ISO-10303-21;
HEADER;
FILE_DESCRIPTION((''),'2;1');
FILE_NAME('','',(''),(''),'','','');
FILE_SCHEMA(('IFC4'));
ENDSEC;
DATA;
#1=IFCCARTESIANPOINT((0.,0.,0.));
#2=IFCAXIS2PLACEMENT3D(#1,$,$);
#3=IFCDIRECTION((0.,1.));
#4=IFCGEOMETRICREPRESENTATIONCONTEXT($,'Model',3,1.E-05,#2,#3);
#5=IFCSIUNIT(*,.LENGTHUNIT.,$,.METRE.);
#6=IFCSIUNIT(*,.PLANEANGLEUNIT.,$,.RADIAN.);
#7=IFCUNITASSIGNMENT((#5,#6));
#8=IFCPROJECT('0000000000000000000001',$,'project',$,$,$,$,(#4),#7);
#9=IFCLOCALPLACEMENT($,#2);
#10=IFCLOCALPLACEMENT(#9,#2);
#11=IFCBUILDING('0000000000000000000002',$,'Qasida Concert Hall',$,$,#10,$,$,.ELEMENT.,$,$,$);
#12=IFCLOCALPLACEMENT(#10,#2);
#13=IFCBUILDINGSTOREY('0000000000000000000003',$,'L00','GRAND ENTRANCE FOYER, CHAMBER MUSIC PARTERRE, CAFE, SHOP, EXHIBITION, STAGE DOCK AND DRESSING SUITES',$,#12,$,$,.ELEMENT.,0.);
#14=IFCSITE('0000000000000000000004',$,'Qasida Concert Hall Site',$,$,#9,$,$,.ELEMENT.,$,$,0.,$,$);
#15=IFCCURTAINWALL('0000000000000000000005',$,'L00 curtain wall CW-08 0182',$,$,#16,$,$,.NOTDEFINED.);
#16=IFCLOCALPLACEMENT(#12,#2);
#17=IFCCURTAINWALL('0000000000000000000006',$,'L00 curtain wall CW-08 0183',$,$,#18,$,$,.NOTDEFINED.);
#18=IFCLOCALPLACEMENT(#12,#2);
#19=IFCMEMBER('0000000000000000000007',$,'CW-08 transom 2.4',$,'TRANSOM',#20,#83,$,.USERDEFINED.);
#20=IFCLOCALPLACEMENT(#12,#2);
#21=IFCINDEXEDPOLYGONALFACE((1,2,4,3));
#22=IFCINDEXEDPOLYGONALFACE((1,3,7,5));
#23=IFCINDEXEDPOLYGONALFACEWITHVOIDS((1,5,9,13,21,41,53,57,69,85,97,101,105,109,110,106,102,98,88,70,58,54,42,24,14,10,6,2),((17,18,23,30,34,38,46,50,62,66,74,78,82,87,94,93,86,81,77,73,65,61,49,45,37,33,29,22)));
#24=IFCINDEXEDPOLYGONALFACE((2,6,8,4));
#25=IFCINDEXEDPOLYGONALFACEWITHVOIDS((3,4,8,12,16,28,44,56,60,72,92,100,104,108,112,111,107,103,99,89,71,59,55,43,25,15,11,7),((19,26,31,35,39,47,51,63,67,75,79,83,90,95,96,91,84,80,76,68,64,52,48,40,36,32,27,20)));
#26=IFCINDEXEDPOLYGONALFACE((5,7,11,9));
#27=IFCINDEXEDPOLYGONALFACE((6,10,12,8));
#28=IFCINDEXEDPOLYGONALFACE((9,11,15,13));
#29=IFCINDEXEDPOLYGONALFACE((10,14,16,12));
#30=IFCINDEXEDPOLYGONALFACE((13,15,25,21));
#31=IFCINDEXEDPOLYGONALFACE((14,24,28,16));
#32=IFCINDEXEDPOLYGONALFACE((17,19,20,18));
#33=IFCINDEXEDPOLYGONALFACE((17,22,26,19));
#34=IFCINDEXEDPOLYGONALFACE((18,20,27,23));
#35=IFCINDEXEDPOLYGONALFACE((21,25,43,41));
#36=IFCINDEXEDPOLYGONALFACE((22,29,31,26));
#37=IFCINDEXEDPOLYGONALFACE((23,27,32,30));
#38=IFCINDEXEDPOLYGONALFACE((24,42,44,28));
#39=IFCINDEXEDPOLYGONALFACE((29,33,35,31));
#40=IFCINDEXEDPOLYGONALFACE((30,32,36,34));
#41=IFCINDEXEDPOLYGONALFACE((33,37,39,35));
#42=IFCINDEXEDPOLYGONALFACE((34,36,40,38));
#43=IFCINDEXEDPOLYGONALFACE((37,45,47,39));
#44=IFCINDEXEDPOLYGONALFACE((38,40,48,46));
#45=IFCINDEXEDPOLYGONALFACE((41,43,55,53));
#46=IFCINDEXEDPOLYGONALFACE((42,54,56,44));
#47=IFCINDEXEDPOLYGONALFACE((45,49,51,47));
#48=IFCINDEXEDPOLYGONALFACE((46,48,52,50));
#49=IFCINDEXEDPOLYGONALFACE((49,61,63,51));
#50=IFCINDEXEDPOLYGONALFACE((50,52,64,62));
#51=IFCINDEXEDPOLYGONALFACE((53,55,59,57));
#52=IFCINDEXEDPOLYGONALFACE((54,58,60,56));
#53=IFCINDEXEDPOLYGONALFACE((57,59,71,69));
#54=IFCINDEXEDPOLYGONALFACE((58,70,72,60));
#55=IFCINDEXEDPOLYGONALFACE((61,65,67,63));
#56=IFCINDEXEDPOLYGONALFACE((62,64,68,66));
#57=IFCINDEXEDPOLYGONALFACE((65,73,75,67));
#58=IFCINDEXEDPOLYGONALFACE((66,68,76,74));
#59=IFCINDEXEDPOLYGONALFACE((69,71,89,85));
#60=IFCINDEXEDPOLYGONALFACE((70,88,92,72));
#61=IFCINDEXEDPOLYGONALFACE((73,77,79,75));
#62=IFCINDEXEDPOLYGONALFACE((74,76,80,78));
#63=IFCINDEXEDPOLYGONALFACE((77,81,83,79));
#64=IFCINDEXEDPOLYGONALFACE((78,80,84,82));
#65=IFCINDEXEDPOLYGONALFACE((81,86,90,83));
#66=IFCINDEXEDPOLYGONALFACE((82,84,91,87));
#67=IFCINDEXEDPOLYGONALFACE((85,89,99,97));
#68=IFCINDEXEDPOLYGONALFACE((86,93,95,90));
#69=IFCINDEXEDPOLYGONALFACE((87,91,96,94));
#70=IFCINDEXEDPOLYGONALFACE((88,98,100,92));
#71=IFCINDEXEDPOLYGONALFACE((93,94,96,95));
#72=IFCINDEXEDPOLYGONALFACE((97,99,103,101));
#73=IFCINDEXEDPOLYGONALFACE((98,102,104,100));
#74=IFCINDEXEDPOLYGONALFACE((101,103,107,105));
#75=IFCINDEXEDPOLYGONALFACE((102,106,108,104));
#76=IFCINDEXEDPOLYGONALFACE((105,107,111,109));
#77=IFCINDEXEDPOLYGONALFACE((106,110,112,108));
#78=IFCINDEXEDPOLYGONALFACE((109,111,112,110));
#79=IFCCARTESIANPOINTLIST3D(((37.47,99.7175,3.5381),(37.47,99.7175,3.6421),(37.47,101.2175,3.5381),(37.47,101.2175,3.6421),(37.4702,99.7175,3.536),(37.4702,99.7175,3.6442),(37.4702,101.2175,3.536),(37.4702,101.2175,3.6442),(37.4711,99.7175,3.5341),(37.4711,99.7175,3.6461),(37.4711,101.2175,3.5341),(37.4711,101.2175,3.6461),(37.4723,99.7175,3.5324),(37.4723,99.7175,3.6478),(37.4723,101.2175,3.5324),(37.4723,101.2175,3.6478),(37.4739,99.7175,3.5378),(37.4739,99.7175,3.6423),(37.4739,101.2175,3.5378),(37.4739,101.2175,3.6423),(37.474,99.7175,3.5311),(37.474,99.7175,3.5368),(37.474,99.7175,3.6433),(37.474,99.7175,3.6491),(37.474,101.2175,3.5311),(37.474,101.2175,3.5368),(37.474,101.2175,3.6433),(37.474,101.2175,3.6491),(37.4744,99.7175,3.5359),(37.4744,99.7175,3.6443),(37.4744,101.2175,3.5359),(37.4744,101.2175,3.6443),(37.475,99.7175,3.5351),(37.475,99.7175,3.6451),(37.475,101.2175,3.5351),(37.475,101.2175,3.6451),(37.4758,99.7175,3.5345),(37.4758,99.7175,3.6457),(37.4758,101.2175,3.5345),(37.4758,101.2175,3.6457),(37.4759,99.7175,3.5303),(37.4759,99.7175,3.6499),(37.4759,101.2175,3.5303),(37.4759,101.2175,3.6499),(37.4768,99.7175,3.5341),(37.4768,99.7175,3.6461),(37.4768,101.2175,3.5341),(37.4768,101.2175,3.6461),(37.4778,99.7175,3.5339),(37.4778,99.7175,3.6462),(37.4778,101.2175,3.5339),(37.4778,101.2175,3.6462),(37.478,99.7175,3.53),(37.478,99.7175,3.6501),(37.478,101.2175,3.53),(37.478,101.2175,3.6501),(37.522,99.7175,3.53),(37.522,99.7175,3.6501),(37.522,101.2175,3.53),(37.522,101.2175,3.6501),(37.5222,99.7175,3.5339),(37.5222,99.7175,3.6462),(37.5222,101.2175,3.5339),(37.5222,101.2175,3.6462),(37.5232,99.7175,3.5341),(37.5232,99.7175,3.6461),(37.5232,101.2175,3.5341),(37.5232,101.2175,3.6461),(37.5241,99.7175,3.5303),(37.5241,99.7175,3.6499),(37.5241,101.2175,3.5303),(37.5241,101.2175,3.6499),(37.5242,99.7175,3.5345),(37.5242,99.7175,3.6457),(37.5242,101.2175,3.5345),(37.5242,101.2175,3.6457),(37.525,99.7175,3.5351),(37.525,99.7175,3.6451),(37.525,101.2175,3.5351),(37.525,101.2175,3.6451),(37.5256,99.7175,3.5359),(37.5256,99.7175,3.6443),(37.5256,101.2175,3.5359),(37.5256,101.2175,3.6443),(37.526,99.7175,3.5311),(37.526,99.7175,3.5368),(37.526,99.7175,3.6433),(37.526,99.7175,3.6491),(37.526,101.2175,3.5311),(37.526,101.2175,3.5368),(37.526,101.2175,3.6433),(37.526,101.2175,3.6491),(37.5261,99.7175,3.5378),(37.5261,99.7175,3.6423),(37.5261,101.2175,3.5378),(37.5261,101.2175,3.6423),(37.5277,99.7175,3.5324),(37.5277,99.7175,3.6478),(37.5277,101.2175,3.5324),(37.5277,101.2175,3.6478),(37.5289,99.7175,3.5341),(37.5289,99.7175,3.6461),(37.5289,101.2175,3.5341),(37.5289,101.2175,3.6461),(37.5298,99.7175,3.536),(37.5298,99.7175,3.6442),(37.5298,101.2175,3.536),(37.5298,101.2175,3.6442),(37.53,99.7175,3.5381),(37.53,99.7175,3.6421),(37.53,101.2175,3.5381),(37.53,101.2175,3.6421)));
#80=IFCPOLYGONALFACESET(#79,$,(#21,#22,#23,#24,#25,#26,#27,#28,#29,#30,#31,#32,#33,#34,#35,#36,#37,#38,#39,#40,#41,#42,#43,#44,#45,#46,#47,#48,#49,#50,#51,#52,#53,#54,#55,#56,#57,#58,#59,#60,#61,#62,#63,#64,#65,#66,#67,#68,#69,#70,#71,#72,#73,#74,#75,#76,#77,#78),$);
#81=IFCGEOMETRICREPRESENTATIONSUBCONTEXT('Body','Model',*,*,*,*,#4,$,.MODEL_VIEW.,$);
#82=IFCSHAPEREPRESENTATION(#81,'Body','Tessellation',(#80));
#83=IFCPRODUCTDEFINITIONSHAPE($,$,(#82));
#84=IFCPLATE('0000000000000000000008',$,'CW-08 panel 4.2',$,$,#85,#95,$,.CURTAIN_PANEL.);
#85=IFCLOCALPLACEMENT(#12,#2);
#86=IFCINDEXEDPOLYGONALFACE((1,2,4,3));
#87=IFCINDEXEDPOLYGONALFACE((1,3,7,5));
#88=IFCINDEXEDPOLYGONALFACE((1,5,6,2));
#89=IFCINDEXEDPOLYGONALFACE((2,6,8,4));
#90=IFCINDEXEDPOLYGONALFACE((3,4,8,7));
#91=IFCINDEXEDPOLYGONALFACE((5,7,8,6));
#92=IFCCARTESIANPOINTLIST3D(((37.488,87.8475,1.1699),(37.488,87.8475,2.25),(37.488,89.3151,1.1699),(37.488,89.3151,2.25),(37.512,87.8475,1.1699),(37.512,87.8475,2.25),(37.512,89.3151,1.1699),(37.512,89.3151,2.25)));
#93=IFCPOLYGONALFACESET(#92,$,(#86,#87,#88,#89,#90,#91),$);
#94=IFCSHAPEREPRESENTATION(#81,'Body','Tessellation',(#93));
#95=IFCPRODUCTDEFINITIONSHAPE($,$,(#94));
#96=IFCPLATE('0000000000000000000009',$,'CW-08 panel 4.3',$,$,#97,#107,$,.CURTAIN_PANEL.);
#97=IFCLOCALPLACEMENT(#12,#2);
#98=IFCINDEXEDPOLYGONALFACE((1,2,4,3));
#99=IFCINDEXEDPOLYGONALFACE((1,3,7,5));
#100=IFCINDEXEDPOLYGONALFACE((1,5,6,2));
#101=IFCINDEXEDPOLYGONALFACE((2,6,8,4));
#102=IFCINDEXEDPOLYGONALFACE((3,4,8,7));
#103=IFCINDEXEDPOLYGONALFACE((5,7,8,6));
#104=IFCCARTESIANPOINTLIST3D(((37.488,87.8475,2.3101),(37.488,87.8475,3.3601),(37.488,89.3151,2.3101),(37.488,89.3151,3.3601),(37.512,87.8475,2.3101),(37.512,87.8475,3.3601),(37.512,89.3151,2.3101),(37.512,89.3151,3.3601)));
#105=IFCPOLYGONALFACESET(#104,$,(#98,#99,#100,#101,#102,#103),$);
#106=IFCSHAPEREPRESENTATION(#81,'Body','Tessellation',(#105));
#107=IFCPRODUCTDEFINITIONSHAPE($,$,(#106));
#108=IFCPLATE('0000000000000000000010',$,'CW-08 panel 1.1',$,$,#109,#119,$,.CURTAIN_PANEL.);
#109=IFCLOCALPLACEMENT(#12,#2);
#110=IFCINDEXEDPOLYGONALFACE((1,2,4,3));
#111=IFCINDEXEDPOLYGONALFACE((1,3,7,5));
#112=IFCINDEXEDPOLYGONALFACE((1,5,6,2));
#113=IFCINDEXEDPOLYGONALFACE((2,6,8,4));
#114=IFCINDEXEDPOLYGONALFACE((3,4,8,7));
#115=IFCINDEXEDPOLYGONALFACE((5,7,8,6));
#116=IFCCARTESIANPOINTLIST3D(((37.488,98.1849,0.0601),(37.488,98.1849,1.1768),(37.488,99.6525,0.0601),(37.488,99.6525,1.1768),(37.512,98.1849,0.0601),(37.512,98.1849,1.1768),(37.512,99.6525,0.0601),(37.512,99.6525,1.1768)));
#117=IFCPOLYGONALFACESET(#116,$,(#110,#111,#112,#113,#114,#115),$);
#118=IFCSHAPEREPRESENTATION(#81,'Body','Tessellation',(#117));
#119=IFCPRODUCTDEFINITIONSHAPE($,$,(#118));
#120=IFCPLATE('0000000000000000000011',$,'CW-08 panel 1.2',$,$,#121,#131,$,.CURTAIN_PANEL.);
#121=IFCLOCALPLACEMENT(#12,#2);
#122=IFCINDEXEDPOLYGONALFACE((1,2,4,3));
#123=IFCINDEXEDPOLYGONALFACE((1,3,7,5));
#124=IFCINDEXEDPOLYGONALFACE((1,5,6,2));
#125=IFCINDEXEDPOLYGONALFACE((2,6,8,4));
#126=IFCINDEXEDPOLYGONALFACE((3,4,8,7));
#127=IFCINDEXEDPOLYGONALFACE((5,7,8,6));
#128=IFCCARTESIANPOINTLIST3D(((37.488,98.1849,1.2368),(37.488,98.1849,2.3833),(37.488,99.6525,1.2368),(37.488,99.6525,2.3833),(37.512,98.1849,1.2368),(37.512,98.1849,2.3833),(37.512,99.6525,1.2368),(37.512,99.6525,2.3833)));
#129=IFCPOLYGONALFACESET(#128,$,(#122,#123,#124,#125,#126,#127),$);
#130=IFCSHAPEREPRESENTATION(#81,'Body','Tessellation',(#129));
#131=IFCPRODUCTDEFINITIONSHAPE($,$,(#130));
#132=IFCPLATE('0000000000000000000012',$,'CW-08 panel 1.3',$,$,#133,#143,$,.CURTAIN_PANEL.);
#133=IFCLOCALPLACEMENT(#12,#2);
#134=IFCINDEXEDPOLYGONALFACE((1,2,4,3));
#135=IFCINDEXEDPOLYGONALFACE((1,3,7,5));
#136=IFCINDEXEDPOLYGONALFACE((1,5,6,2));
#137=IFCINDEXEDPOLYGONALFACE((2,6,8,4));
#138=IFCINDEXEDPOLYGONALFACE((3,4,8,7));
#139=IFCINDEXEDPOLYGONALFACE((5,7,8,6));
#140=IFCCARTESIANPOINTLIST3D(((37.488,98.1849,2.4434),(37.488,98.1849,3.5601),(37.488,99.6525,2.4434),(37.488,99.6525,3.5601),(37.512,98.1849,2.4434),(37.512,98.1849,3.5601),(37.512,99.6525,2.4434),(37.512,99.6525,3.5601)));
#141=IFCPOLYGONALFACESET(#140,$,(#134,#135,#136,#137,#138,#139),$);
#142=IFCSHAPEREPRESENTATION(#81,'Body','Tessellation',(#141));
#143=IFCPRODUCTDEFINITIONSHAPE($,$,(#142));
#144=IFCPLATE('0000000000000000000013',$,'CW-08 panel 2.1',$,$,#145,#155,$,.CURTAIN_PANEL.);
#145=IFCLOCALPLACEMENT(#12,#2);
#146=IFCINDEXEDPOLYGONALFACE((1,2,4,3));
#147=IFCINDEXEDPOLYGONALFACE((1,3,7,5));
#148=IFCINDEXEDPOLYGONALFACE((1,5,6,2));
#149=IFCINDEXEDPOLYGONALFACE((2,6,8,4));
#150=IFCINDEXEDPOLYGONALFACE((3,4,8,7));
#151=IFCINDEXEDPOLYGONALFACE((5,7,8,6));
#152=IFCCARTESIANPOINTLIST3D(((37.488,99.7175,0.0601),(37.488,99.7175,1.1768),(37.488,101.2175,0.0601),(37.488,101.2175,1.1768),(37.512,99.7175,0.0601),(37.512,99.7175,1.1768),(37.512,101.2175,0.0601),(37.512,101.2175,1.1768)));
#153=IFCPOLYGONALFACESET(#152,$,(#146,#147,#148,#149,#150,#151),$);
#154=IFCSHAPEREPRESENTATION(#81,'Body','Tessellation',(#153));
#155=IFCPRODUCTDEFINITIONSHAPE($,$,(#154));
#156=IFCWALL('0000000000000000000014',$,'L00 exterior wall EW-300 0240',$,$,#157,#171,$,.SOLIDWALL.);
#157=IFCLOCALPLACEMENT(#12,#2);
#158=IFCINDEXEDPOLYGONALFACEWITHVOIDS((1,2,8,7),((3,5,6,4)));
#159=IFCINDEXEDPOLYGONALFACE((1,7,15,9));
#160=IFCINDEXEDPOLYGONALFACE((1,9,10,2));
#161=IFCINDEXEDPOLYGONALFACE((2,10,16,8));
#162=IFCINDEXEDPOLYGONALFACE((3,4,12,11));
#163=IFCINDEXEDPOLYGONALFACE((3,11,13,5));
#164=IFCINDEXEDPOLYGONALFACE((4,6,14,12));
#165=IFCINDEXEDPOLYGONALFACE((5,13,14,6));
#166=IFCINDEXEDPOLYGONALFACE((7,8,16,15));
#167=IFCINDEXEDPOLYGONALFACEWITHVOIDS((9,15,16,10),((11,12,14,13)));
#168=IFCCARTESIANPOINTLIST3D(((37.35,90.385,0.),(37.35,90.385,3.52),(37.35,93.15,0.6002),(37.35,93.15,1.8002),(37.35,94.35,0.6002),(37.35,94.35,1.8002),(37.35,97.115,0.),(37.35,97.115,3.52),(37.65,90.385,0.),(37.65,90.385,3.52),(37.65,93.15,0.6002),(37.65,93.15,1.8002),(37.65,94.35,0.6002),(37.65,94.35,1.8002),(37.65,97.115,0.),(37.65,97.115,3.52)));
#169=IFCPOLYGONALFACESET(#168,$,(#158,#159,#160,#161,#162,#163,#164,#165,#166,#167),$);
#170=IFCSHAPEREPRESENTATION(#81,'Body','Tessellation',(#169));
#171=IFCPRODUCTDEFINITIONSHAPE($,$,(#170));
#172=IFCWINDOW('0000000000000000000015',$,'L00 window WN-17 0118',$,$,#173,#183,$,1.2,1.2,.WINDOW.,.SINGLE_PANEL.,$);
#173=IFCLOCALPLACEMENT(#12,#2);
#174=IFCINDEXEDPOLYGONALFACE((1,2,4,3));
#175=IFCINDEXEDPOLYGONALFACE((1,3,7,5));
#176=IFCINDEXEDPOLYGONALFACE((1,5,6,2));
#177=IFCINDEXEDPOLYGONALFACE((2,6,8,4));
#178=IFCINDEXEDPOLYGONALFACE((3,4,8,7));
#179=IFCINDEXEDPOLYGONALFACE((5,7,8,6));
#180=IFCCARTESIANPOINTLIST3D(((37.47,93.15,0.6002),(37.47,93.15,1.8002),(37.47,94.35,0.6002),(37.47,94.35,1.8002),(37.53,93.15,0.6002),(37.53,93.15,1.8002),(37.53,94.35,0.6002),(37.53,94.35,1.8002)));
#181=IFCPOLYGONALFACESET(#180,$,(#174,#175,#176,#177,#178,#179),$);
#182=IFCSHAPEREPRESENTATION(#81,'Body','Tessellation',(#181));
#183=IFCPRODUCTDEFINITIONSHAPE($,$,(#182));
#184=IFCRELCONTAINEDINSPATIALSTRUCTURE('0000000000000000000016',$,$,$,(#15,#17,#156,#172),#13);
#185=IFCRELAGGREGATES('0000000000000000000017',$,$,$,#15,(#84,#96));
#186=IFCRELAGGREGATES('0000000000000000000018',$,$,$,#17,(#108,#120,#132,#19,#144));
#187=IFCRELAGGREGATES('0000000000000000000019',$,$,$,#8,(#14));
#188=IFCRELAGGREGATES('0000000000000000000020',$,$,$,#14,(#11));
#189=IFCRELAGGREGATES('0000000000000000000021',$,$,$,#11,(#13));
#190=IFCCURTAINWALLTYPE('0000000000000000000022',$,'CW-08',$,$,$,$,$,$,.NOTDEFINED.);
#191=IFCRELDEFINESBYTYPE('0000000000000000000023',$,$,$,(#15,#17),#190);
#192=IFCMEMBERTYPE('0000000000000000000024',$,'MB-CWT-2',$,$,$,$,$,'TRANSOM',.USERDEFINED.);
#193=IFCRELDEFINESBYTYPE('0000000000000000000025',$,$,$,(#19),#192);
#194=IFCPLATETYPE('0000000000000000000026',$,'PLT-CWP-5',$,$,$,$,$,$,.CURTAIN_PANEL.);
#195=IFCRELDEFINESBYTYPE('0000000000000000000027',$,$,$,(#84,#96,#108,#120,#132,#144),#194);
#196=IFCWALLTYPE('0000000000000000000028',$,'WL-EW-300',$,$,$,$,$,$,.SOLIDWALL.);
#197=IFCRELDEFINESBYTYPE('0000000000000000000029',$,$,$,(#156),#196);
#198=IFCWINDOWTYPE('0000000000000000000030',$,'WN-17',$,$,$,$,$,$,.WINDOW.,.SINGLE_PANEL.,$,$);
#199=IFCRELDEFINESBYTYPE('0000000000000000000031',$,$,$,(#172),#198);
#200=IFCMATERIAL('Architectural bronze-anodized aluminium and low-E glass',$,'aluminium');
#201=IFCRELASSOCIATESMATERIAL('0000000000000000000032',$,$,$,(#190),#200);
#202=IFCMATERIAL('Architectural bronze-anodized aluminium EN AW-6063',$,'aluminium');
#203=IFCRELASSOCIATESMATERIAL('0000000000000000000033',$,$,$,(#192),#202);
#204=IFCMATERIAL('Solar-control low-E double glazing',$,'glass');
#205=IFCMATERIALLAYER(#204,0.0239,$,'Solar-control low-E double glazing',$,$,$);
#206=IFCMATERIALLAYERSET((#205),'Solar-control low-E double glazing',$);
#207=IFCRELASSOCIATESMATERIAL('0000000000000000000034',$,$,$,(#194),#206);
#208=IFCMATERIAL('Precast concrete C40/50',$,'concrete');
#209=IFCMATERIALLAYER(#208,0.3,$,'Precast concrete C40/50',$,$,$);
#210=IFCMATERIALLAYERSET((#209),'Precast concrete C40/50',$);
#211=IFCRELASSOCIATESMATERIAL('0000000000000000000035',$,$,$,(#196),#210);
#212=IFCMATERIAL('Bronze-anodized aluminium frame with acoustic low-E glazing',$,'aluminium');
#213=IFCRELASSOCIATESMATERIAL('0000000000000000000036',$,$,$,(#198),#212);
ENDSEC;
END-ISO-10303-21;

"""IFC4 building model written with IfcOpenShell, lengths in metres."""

from ifc_helpers import new_model, si_unit, direction, frame, frame_2d, origin, origin_2d, place, context, subcontext, project, spatial, rectangle, hollow_rectangle, extrude, material, layer, layer_set, material_profile, profile_set, type_object, element, fill, aggregate, save


model = new_model("IFC4")

# Units and contexts
model_context = context("Model", 3, precision=1e-05, world=origin(), true_north=direction((0.0, 1.0)))
body_context = subcontext(model_context, "Body", "Model", "MODEL_VIEW")
ifc_project = project(units=[si_unit("LENGTHUNIT", "METRE"), si_unit("PLANEANGLEUNIT", "RADIAN")], contexts=[model_context])

# Site, building, storey
site_placement = place(None, origin())
site = spatial("IfcSite", under=ifc_project, at=site_placement, Name="Qasida Concert Hall Site", CompositionType="ELEMENT", RefElevation=0.0)
building_placement = place(site_placement, origin())
building = spatial("IfcBuilding", under=site, at=building_placement, Name="Qasida Concert Hall", CompositionType="ELEMENT")
storey_placement = place(building_placement, origin())
storey = spatial("IfcBuildingStorey", under=building, at=storey_placement, Name="L00", Description="GRAND ENTRANCE FOYER, CHAMBER MUSIC PARTERRE, CAFE, SHOP, EXHIBITION, STAGE DOCK AND DRESSING SUITES", CompositionType="ELEMENT", Elevation=0.0)

# Curtain wall
ifc_material_1 = material(Name="Architectural bronze-anodized aluminium and low-E glass", Category="aluminium")
curtain_wall_type = type_object("IfcCurtainWallType", Name="CW-08", PredefinedType="NOTDEFINED", material=ifc_material_1)
curtain_wall_1_placement = place(storey_placement, origin())
curtain_wall_1 = element("IfcCurtainWall", 1, at=curtain_wall_1_placement, inside=storey, type_object=curtain_wall_type, Name="L00 curtain wall CW-08 0182", PredefinedType="NOTDEFINED")
ifc_material_2 = material(Name="Architectural bronze-anodized aluminium EN AW-6063", Category="aluminium")

# Curtain wall, member
curtain_wall_2_placement = place(storey_placement, origin())
curtain_wall_2 = element("IfcCurtainWall", 2, at=curtain_wall_2_placement, inside=storey, type_object=curtain_wall_type, Name="L00 curtain wall CW-08 0183", PredefinedType="NOTDEFINED")
ifc_material_profile_1 = material_profile(ifc_material_2, hollow_rectangle(XDim=0.0601, YDim=0.1201, WallThickness=0.0039, InnerFilletRadius=0.0039, OuterFilletRadius=0.0081, at=origin_2d()), Name="CWT 120x60x4")
ifc_profile_set_1 = profile_set([ifc_material_profile_1], Name="Architectural bronze-anodized aluminium EN AW-6063")
member_type_1 = type_object("IfcMemberType", Name="MB-CWT-2", ElementType="TRANSOM", PredefinedType="USERDEFINED", material=ifc_profile_set_1)
member_1_placement = place(storey_placement, frame((37.5, 99.7175, 3.5901), z_axis=(0.0, 1.0, 0.0), x_axis=(-1.0, 0.0, 0.0)))
member_1 = element("IfcMember", 3, at=member_1_placement, type_object=member_type_1, Name="CW-08 transom 2.4", ObjectType="TRANSOM", PredefinedType="USERDEFINED", context=body_context, shape_type="SweptSolid", body=[
    extrude(hollow_rectangle(XDim=0.0601, YDim=0.1201, WallThickness=0.0039, InnerFilletRadius=0.0039, OuterFilletRadius=0.0081, at=origin_2d()), origin(), (0.0, 0.0, 1.0), 1.5),
])

# Plates
ifc_material_3 = material(Name="Solar-control low-E double glazing", Category="glass")
ifc_layer_1 = layer(ifc_material_3, 0.0239, Name="Solar-control low-E double glazing")
ifc_layer_set_1 = layer_set([ifc_layer_1], Name="Solar-control low-E double glazing")
plate_type = type_object("IfcPlateType", Name="PLT-CWP-5", PredefinedType="CURTAIN_PANEL", material=ifc_layer_set_1)
plate_1_placement = place(storey_placement, frame((37.5, 88.5813, 1.1699), z_axis=(0.0, 0.0, 1.0), x_axis=(0.0, 1.0, 0.0)))
plate_1 = element("IfcPlate", 4, at=plate_1_placement, type_object=plate_type, Name="CW-08 panel 4.2", PredefinedType="CURTAIN_PANEL", context=body_context, shape_type="SweptSolid", body=[
    extrude(rectangle(XDim=1.4675, YDim=0.0239, at=origin_2d()), origin(), (0.0, 0.0, 1.0), 1.0801),
])
plate_2_placement = place(storey_placement, frame((37.5, 88.5813, 2.3101), z_axis=(0.0, 0.0, 1.0), x_axis=(0.0, 1.0, 0.0)))
plate_2 = element("IfcPlate", 5, at=plate_2_placement, type_object=plate_type, Name="CW-08 panel 4.3", PredefinedType="CURTAIN_PANEL", context=body_context, shape_type="SweptSolid", body=[
    extrude(rectangle(XDim=1.4675, YDim=0.0239, at=origin_2d()), origin(), (0.0, 0.0, 1.0), 1.05),
])
aggregate(curtain_wall_1, [plate_1, plate_2])
plate_3_placement = place(storey_placement, frame((37.5, 98.9187, 0.0601), z_axis=(0.0, 0.0, 1.0), x_axis=(0.0, 1.0, 0.0)))
plate_3 = element("IfcPlate", 6, at=plate_3_placement, type_object=plate_type, Name="CW-08 panel 1.1", PredefinedType="CURTAIN_PANEL", context=body_context, shape_type="SweptSolid", body=[
    extrude(rectangle(XDim=1.4675, YDim=0.0239, at=origin_2d()), origin(), (0.0, 0.0, 1.0), 1.1167),
])
plate_4_placement = place(storey_placement, frame((37.5, 98.9187, 1.2368), z_axis=(0.0, 0.0, 1.0), x_axis=(0.0, 1.0, 0.0)))
plate_4 = element("IfcPlate", 7, at=plate_4_placement, type_object=plate_type, Name="CW-08 panel 1.2", PredefinedType="CURTAIN_PANEL", context=body_context, shape_type="SweptSolid", body=[
    extrude(rectangle(XDim=1.4675, YDim=0.0239, at=origin_2d()), origin(), (0.0, 0.0, 1.0), 1.1465),
])
plate_5_placement = place(storey_placement, frame((37.5, 98.9187, 2.4434), z_axis=(0.0, 0.0, 1.0), x_axis=(0.0, 1.0, 0.0)))
plate_5 = element("IfcPlate", 8, at=plate_5_placement, type_object=plate_type, Name="CW-08 panel 1.3", PredefinedType="CURTAIN_PANEL", context=body_context, shape_type="SweptSolid", body=[
    extrude(rectangle(XDim=1.4675, YDim=0.0239, at=origin_2d()), origin(), (0.0, 0.0, 1.0), 1.1167),
])
plate_6_placement = place(storey_placement, frame((37.5, 100.4675, 0.0601), z_axis=(0.0, 0.0, 1.0), x_axis=(0.0, 1.0, 0.0)))
plate_6 = element("IfcPlate", 9, at=plate_6_placement, type_object=plate_type, Name="CW-08 panel 2.1", PredefinedType="CURTAIN_PANEL", context=body_context, shape_type="SweptSolid", body=[
    extrude(rectangle(XDim=1.5, YDim=0.0239, at=origin_2d()), origin(), (0.0, 0.0, 1.0), 1.1167),
])
aggregate(curtain_wall_2, [plate_3, plate_4, plate_5, member_1, plate_6])

# Wall, opening, window
ifc_material_4 = material(Name="Precast concrete C40/50", Category="concrete")
ifc_layer_2 = layer(ifc_material_4, 0.3, Name="Precast concrete C40/50")
ifc_layer_set_2 = layer_set([ifc_layer_2], Name="Precast concrete C40/50")
wall_type = type_object("IfcWallType", Name="WL-EW-300", PredefinedType="SOLIDWALL", material=ifc_layer_set_2)
wall_placement = place(storey_placement, frame((37.5, 90.385, 0.0), z_axis=(0.0, 0.0, 1.0), x_axis=(0.0, 1.0, 0.0)))
wall = element("IfcWall", 10, at=wall_placement, inside=storey, type_object=wall_type, Name="L00 exterior wall EW-300 0240", PredefinedType="SOLIDWALL", context=body_context, shape_type="SweptSolid", body=[
    extrude(rectangle(XDim=6.73, YDim=0.3, at=frame_2d((3.365, 0.0))), origin(), (0.0, 0.0, 1.0), 3.52),
])
opening_placement = place(wall_placement, frame((2.7649, 0.0, 0.6001)))
opening = element("IfcOpeningElement", 11, at=opening_placement, cuts=wall, PredefinedType="OPENING", context=body_context, shape_type="SweptSolid", body=[
    extrude(rectangle(XDim=1.2, YDim=1.2, at=frame_2d((0.6001, 0.6001))), frame((0.0, 0.1599, 0.0), z_axis=(0.0, -1.0, 0.0), x_axis=(1.0, 0.0, 0.0)), (0.0, 0.0, 1.0), 0.3201),
])
ifc_material_5 = material(Name="Bronze-anodized aluminium frame with acoustic low-E glazing", Category="aluminium")
window_type = type_object("IfcWindowType", Name="WN-17", PartitioningType="SINGLE_PANEL", PredefinedType="WINDOW", material=ifc_material_5)
window_placement = place(opening_placement, origin())
window = element("IfcWindow", 12, at=window_placement, inside=storey, type_object=window_type, Name="L00 window WN-17 0118", OverallHeight=1.2, OverallWidth=1.2, PartitioningType="SINGLE_PANEL", PredefinedType="WINDOW", context=body_context, shape_type="SweptSolid", body=[
    extrude(rectangle(XDim=1.2, YDim=1.2, at=frame_2d((0.6001, 0.6001))), frame((0.0, 0.03, 0.0), z_axis=(0.0, -1.0, 0.0), x_axis=(1.0, 0.0, 0.0)), (0.0, 0.0, 1.0), 0.0601),
])
fill(opening, window)

save(model, "model.ifc")
